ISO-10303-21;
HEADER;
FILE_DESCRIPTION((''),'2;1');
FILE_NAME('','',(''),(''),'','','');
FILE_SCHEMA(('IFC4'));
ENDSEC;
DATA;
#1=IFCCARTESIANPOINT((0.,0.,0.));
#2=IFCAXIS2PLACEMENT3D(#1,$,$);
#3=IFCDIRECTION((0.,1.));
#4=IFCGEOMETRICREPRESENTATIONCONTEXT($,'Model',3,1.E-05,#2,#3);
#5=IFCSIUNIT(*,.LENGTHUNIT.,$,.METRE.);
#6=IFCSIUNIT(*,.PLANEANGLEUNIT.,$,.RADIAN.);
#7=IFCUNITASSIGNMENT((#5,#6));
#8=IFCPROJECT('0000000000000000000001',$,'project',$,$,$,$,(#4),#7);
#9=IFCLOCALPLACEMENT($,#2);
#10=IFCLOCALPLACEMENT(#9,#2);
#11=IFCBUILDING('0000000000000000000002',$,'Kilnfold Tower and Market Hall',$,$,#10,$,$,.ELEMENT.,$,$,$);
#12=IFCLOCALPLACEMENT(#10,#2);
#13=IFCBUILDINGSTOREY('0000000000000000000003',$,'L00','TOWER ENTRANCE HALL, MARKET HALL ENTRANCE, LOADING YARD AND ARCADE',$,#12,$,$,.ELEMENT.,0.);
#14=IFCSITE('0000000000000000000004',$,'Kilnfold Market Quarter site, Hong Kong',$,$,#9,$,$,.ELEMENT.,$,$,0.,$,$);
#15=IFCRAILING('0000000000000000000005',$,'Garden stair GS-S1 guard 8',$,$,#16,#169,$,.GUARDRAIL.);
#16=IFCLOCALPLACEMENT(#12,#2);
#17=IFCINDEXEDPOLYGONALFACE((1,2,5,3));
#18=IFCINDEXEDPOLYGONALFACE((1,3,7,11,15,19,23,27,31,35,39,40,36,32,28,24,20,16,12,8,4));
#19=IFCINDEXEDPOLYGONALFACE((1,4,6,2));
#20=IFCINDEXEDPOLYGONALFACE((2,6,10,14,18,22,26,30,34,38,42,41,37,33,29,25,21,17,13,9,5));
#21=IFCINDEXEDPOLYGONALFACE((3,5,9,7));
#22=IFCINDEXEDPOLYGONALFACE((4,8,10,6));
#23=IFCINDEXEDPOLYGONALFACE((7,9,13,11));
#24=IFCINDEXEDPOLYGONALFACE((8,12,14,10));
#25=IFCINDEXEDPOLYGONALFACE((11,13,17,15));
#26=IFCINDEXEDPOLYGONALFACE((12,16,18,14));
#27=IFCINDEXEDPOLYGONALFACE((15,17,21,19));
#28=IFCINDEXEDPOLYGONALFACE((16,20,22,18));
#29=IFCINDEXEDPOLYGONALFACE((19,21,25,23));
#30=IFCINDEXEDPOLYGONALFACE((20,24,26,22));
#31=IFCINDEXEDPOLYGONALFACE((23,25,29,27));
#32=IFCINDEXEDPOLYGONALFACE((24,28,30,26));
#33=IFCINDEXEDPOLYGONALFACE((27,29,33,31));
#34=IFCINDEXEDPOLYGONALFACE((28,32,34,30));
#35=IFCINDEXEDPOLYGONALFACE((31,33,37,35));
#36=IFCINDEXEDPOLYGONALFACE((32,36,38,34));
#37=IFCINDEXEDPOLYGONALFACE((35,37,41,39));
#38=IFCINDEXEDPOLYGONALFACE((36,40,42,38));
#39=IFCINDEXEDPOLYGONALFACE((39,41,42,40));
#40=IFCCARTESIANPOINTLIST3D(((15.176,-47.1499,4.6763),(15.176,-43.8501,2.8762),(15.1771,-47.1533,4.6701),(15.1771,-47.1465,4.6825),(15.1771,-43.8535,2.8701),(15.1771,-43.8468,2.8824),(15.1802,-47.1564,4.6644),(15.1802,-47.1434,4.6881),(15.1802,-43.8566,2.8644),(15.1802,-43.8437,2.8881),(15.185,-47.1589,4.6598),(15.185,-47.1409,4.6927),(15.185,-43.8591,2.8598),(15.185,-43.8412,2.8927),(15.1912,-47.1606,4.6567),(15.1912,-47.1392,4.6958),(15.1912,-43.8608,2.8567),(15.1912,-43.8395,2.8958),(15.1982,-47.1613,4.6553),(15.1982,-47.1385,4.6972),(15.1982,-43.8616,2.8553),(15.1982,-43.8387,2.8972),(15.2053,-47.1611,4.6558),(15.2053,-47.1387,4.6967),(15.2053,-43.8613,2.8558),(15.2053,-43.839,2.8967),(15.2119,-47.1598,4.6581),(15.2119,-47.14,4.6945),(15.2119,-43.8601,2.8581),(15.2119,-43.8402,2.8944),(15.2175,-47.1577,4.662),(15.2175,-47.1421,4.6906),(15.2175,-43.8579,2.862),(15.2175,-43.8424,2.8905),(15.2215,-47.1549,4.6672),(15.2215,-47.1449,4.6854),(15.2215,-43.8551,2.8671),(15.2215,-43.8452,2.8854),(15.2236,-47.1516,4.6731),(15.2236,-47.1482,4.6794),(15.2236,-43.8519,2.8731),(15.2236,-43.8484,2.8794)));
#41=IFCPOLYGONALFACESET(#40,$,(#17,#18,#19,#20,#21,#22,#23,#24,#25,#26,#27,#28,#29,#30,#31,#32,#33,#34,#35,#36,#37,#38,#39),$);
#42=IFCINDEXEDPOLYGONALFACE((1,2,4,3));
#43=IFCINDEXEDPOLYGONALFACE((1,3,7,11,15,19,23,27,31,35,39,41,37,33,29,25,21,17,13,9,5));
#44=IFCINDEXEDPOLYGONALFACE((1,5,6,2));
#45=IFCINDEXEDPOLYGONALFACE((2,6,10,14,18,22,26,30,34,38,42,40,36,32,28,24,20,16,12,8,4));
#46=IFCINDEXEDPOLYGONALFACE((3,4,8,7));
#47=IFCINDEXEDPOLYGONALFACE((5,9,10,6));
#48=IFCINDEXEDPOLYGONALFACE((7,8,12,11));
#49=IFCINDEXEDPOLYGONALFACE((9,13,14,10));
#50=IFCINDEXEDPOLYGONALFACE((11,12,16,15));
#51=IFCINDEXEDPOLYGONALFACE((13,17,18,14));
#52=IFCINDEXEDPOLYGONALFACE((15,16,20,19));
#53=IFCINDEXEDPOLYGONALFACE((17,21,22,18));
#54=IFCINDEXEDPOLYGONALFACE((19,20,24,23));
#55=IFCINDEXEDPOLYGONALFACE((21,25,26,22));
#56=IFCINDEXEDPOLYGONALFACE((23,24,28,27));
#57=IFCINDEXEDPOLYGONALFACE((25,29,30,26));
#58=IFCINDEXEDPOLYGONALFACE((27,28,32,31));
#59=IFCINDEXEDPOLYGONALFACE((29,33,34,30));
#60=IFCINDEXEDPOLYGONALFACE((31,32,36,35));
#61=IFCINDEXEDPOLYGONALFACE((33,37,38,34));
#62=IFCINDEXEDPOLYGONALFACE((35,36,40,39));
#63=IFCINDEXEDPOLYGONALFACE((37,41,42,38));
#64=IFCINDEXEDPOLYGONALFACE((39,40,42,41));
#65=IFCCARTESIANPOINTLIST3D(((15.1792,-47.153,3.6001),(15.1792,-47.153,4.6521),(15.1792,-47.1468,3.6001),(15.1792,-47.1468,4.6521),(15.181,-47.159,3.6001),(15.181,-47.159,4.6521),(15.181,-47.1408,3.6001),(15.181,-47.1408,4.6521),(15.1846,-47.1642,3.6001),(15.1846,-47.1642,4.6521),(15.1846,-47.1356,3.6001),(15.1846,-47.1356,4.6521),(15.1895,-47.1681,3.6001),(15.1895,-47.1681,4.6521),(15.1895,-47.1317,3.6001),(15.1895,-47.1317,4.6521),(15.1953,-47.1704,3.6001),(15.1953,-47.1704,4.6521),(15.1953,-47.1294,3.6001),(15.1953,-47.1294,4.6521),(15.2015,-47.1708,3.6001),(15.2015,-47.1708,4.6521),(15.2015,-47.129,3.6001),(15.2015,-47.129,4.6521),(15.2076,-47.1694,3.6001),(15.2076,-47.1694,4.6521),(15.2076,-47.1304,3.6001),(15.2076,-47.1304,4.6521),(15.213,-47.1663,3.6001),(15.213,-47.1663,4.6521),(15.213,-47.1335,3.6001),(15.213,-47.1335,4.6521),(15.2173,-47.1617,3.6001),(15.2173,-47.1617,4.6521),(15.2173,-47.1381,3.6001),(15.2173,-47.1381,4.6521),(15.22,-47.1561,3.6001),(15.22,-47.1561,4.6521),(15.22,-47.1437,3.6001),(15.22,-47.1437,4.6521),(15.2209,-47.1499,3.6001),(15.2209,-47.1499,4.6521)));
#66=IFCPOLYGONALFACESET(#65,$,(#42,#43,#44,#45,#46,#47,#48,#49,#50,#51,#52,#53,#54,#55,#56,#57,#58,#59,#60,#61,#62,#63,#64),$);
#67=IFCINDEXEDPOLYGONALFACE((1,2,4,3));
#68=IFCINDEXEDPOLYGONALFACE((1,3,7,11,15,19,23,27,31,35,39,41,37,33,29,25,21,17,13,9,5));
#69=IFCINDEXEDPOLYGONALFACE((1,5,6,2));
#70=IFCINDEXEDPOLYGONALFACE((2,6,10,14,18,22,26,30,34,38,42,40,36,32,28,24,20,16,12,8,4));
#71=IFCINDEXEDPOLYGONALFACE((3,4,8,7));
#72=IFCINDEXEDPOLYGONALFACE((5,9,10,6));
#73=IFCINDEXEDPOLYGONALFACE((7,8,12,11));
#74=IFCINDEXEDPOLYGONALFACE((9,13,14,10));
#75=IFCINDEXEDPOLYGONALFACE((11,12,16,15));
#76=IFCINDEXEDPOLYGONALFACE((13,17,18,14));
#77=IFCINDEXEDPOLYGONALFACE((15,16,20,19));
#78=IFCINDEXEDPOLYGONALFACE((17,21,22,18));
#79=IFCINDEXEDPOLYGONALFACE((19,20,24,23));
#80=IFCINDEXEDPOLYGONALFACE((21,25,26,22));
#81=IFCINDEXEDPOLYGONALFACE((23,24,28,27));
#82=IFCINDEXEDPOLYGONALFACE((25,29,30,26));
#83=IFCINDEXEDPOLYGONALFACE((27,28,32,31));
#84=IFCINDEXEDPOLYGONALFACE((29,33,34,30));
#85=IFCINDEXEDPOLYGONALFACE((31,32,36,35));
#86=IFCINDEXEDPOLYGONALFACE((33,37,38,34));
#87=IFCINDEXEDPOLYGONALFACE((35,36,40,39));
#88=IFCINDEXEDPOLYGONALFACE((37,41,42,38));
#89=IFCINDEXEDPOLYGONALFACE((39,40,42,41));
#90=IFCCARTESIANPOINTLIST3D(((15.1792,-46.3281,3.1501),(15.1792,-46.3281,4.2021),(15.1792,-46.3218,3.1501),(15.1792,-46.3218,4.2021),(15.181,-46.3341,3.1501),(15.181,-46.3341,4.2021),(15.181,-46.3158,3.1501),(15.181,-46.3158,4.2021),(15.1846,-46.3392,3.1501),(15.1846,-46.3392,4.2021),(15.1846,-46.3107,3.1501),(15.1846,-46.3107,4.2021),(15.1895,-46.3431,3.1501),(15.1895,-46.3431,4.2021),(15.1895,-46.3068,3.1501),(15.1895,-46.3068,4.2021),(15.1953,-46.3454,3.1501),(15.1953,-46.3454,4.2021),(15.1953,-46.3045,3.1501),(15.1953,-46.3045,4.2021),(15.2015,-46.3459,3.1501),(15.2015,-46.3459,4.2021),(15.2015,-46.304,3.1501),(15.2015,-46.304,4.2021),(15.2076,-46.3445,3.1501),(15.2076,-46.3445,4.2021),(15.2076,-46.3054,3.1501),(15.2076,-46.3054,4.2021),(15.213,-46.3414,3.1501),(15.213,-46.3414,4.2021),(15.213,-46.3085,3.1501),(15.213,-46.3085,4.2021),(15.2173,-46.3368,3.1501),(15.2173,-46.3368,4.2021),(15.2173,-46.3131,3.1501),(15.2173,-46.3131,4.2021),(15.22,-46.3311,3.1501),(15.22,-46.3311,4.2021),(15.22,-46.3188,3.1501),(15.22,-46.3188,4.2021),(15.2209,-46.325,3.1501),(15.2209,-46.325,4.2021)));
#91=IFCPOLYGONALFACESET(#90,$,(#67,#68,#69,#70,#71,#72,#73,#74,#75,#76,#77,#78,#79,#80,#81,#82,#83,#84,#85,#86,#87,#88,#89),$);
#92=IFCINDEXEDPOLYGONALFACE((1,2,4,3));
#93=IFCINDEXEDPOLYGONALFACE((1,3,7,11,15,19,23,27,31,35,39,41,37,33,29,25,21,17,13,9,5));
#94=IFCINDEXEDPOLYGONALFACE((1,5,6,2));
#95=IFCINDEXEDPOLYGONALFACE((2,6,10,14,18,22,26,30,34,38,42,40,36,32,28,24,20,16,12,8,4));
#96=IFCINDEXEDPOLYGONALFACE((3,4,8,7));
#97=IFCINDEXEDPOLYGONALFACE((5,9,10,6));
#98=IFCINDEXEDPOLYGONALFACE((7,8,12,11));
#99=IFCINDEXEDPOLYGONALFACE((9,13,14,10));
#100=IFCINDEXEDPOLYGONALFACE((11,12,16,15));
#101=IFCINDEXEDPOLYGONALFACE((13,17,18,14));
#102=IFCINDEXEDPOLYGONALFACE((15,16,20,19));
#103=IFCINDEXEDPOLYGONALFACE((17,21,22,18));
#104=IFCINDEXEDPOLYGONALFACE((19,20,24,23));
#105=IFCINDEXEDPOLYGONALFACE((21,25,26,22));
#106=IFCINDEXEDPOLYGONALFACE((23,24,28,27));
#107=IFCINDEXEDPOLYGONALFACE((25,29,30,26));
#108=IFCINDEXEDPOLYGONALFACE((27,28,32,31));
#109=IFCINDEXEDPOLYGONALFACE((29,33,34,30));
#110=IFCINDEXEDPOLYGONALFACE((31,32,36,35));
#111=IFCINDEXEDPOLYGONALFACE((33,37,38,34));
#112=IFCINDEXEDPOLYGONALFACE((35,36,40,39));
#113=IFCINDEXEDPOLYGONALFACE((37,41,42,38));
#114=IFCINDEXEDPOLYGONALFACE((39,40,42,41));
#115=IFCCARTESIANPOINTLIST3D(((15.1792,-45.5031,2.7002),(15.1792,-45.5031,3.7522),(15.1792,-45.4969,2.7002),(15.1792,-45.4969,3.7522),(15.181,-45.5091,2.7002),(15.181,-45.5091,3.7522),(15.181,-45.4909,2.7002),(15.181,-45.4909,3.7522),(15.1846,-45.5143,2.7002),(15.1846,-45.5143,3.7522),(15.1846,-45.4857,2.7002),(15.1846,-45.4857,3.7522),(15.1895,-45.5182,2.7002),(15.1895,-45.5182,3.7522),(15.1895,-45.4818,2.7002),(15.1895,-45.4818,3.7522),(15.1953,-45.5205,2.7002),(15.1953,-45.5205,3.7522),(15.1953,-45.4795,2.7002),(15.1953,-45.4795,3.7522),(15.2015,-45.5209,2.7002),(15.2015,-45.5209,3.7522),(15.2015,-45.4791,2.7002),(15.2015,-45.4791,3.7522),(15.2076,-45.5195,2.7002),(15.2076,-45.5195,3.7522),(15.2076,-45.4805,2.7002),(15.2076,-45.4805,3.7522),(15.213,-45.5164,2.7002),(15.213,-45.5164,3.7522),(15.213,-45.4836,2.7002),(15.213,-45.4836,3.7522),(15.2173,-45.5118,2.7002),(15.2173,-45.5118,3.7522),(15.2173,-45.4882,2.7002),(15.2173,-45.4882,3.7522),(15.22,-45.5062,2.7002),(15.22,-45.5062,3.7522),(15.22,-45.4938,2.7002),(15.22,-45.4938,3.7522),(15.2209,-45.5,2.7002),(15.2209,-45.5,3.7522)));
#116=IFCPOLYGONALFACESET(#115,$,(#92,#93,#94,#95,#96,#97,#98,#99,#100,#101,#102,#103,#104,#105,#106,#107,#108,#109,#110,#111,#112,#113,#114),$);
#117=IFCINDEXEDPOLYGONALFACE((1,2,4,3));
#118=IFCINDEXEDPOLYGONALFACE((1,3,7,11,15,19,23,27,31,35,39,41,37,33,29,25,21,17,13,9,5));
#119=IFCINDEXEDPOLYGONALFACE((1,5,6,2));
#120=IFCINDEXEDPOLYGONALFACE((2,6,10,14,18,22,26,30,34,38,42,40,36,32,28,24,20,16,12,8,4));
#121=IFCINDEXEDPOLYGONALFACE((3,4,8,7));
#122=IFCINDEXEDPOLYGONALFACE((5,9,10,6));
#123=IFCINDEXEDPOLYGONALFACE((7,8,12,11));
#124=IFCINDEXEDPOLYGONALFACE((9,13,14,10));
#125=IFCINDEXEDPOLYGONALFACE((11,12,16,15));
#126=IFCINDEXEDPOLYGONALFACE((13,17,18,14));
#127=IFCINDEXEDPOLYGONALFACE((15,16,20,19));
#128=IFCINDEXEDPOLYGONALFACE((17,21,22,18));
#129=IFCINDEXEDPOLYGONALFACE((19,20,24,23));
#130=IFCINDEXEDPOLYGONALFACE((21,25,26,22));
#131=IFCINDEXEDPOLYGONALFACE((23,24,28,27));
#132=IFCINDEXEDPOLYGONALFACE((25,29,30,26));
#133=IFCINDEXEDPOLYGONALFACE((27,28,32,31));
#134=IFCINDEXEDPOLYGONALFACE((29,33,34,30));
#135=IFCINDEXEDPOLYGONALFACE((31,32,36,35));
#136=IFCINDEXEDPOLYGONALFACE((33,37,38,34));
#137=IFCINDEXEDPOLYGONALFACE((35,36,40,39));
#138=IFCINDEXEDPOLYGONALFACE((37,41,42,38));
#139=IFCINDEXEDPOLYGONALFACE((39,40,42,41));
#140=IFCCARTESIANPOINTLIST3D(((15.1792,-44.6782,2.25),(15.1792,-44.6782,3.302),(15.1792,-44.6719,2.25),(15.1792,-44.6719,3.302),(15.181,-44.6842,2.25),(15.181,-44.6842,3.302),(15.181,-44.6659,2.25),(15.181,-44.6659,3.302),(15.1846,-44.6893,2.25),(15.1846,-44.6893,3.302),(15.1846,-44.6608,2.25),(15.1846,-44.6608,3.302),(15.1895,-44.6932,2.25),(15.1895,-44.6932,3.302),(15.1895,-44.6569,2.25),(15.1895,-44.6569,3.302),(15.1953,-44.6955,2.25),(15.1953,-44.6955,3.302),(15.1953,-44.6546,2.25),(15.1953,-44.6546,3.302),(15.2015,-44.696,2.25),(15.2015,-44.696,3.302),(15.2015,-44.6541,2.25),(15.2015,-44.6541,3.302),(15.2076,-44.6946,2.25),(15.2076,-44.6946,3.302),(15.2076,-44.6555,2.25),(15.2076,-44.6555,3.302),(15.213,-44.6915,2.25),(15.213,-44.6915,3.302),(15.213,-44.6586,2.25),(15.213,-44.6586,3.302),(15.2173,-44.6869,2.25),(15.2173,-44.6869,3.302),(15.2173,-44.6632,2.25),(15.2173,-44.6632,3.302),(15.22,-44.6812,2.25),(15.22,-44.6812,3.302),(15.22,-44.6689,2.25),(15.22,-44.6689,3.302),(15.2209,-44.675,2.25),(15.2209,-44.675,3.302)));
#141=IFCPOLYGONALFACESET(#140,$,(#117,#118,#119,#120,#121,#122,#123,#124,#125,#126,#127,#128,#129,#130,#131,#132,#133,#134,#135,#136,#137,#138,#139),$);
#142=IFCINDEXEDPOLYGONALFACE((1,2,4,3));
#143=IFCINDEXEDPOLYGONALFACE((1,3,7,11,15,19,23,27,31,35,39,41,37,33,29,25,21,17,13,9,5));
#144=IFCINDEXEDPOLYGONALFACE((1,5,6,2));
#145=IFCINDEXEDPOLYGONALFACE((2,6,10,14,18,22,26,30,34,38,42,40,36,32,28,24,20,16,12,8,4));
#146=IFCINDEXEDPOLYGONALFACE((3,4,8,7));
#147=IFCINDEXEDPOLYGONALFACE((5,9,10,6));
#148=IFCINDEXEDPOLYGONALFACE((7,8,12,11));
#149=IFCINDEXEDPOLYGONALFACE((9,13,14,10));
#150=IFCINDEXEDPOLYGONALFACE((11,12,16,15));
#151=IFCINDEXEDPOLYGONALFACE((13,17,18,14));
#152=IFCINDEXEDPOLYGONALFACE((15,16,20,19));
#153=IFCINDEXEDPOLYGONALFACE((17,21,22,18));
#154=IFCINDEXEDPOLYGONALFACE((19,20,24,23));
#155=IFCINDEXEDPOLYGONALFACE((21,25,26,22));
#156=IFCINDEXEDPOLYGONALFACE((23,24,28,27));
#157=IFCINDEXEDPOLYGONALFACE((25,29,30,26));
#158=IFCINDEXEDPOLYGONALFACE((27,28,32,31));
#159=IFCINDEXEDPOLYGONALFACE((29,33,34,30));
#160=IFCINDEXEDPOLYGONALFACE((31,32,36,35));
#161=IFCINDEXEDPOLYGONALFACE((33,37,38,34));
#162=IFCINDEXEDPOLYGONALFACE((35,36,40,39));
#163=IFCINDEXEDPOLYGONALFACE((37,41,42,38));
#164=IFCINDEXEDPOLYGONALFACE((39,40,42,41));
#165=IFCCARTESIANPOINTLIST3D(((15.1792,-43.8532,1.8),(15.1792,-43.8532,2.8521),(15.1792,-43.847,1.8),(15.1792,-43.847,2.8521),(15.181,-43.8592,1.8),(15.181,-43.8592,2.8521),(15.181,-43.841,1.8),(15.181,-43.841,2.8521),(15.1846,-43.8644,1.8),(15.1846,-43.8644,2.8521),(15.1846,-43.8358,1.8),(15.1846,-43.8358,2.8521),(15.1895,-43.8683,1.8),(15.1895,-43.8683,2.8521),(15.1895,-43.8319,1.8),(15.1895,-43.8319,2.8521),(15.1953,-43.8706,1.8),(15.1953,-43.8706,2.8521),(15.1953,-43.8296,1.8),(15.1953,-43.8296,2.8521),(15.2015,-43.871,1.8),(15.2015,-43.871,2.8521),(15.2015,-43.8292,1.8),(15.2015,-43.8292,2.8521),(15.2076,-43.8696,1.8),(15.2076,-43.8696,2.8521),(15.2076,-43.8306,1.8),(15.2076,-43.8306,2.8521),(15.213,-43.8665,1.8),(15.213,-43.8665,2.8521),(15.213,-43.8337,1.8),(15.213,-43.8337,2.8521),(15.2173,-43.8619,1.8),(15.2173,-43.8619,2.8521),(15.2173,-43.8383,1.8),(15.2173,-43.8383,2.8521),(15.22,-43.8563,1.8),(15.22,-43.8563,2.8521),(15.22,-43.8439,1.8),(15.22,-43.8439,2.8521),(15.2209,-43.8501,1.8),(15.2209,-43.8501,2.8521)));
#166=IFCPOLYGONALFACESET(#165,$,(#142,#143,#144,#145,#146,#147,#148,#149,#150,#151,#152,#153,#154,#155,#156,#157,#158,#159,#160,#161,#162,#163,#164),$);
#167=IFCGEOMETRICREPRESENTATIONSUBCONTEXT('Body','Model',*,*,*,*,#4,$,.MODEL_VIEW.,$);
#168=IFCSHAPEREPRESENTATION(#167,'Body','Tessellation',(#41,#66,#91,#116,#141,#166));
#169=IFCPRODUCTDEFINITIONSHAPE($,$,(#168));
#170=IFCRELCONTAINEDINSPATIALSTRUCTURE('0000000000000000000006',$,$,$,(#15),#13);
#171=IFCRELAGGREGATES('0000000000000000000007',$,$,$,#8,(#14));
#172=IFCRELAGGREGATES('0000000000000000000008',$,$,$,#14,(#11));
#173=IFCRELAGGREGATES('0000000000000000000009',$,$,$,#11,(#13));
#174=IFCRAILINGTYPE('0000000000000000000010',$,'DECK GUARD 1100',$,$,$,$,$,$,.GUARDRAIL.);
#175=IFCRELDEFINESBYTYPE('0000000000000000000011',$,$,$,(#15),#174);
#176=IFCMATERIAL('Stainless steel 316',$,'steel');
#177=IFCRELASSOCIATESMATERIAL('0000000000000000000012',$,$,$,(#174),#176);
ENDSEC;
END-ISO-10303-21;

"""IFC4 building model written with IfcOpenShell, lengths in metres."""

from ifc_helpers import new_model, si_unit, direction, frame, origin, origin_2d, place, context, subcontext, project, spatial, circle, extrude, material, type_object, element, save


model = new_model("IFC4")

# Units and contexts
model_context = context("Model", 3, precision=1e-05, world=origin(), true_north=direction((0.0, 1.0)))
body_context = subcontext(model_context, "Body", "Model", "MODEL_VIEW")
ifc_project = project(units=[si_unit("LENGTHUNIT", "METRE"), si_unit("PLANEANGLEUNIT", "RADIAN")], contexts=[model_context])

# Site, building, storey
site_placement = place(None, origin())
site = spatial("IfcSite", under=ifc_project, at=site_placement, Name="Kilnfold Market Quarter site, Hong Kong", CompositionType="ELEMENT", RefElevation=0.0)
building_placement = place(site_placement, origin())
building = spatial("IfcBuilding", under=site, at=building_placement, Name="Kilnfold Tower and Market Hall", CompositionType="ELEMENT")
storey_placement = place(building_placement, origin())
storey = spatial("IfcBuildingStorey", under=building, at=storey_placement, Name="L00", Description="TOWER ENTRANCE HALL, MARKET HALL ENTRANCE, LOADING YARD AND ARCADE", CompositionType="ELEMENT", Elevation=0.0)

# Railing
ifc_material_1 = material(Name="Stainless steel 316", Category="steel")
railing_type_1 = type_object("IfcRailingType", Name="DECK GUARD 1100", PredefinedType="GUARDRAIL", material=ifc_material_1)
railing_1_placement = place(storey_placement, frame((15.2, -47.1499, 3.6001)))
element("IfcRailing", 1, at=railing_1_placement, inside=storey, type_object=railing_type_1, Name="Garden stair GS-S1 guard 8", PredefinedType="GUARDRAIL", context=body_context, shape_type="SweptSolid", body=[
    extrude(circle(Radius=0.0239, at=origin_2d()), frame((0.0, 0.0, 1.0762), z_axis=(0.0, 0.877878, -0.478884), x_axis=(-1.0, 0.0, 0.0)), (0.0, 0.0, 1.0), 3.7588),
    extrude(circle(Radius=0.021, at=origin_2d()), origin(), (0.0, 0.0, 1.0), 1.052),
    extrude(circle(Radius=0.021, at=origin_2d()), frame((0.0, 0.825, -0.45)), (0.0, 0.0, 1.0), 1.052),
    extrude(circle(Radius=0.021, at=origin_2d()), frame((0.0, 1.6499, -0.8999)), (0.0, 0.0, 1.0), 1.052),
    extrude(circle(Radius=0.021, at=origin_2d()), frame((0.0, 2.4749, -1.3501)), (0.0, 0.0, 1.0), 1.052),
    extrude(circle(Radius=0.021, at=origin_2d()), frame((0.0, 3.2998, -1.8)), (0.0, 0.0, 1.0), 1.052),
])

save(model, "model.ifc")
